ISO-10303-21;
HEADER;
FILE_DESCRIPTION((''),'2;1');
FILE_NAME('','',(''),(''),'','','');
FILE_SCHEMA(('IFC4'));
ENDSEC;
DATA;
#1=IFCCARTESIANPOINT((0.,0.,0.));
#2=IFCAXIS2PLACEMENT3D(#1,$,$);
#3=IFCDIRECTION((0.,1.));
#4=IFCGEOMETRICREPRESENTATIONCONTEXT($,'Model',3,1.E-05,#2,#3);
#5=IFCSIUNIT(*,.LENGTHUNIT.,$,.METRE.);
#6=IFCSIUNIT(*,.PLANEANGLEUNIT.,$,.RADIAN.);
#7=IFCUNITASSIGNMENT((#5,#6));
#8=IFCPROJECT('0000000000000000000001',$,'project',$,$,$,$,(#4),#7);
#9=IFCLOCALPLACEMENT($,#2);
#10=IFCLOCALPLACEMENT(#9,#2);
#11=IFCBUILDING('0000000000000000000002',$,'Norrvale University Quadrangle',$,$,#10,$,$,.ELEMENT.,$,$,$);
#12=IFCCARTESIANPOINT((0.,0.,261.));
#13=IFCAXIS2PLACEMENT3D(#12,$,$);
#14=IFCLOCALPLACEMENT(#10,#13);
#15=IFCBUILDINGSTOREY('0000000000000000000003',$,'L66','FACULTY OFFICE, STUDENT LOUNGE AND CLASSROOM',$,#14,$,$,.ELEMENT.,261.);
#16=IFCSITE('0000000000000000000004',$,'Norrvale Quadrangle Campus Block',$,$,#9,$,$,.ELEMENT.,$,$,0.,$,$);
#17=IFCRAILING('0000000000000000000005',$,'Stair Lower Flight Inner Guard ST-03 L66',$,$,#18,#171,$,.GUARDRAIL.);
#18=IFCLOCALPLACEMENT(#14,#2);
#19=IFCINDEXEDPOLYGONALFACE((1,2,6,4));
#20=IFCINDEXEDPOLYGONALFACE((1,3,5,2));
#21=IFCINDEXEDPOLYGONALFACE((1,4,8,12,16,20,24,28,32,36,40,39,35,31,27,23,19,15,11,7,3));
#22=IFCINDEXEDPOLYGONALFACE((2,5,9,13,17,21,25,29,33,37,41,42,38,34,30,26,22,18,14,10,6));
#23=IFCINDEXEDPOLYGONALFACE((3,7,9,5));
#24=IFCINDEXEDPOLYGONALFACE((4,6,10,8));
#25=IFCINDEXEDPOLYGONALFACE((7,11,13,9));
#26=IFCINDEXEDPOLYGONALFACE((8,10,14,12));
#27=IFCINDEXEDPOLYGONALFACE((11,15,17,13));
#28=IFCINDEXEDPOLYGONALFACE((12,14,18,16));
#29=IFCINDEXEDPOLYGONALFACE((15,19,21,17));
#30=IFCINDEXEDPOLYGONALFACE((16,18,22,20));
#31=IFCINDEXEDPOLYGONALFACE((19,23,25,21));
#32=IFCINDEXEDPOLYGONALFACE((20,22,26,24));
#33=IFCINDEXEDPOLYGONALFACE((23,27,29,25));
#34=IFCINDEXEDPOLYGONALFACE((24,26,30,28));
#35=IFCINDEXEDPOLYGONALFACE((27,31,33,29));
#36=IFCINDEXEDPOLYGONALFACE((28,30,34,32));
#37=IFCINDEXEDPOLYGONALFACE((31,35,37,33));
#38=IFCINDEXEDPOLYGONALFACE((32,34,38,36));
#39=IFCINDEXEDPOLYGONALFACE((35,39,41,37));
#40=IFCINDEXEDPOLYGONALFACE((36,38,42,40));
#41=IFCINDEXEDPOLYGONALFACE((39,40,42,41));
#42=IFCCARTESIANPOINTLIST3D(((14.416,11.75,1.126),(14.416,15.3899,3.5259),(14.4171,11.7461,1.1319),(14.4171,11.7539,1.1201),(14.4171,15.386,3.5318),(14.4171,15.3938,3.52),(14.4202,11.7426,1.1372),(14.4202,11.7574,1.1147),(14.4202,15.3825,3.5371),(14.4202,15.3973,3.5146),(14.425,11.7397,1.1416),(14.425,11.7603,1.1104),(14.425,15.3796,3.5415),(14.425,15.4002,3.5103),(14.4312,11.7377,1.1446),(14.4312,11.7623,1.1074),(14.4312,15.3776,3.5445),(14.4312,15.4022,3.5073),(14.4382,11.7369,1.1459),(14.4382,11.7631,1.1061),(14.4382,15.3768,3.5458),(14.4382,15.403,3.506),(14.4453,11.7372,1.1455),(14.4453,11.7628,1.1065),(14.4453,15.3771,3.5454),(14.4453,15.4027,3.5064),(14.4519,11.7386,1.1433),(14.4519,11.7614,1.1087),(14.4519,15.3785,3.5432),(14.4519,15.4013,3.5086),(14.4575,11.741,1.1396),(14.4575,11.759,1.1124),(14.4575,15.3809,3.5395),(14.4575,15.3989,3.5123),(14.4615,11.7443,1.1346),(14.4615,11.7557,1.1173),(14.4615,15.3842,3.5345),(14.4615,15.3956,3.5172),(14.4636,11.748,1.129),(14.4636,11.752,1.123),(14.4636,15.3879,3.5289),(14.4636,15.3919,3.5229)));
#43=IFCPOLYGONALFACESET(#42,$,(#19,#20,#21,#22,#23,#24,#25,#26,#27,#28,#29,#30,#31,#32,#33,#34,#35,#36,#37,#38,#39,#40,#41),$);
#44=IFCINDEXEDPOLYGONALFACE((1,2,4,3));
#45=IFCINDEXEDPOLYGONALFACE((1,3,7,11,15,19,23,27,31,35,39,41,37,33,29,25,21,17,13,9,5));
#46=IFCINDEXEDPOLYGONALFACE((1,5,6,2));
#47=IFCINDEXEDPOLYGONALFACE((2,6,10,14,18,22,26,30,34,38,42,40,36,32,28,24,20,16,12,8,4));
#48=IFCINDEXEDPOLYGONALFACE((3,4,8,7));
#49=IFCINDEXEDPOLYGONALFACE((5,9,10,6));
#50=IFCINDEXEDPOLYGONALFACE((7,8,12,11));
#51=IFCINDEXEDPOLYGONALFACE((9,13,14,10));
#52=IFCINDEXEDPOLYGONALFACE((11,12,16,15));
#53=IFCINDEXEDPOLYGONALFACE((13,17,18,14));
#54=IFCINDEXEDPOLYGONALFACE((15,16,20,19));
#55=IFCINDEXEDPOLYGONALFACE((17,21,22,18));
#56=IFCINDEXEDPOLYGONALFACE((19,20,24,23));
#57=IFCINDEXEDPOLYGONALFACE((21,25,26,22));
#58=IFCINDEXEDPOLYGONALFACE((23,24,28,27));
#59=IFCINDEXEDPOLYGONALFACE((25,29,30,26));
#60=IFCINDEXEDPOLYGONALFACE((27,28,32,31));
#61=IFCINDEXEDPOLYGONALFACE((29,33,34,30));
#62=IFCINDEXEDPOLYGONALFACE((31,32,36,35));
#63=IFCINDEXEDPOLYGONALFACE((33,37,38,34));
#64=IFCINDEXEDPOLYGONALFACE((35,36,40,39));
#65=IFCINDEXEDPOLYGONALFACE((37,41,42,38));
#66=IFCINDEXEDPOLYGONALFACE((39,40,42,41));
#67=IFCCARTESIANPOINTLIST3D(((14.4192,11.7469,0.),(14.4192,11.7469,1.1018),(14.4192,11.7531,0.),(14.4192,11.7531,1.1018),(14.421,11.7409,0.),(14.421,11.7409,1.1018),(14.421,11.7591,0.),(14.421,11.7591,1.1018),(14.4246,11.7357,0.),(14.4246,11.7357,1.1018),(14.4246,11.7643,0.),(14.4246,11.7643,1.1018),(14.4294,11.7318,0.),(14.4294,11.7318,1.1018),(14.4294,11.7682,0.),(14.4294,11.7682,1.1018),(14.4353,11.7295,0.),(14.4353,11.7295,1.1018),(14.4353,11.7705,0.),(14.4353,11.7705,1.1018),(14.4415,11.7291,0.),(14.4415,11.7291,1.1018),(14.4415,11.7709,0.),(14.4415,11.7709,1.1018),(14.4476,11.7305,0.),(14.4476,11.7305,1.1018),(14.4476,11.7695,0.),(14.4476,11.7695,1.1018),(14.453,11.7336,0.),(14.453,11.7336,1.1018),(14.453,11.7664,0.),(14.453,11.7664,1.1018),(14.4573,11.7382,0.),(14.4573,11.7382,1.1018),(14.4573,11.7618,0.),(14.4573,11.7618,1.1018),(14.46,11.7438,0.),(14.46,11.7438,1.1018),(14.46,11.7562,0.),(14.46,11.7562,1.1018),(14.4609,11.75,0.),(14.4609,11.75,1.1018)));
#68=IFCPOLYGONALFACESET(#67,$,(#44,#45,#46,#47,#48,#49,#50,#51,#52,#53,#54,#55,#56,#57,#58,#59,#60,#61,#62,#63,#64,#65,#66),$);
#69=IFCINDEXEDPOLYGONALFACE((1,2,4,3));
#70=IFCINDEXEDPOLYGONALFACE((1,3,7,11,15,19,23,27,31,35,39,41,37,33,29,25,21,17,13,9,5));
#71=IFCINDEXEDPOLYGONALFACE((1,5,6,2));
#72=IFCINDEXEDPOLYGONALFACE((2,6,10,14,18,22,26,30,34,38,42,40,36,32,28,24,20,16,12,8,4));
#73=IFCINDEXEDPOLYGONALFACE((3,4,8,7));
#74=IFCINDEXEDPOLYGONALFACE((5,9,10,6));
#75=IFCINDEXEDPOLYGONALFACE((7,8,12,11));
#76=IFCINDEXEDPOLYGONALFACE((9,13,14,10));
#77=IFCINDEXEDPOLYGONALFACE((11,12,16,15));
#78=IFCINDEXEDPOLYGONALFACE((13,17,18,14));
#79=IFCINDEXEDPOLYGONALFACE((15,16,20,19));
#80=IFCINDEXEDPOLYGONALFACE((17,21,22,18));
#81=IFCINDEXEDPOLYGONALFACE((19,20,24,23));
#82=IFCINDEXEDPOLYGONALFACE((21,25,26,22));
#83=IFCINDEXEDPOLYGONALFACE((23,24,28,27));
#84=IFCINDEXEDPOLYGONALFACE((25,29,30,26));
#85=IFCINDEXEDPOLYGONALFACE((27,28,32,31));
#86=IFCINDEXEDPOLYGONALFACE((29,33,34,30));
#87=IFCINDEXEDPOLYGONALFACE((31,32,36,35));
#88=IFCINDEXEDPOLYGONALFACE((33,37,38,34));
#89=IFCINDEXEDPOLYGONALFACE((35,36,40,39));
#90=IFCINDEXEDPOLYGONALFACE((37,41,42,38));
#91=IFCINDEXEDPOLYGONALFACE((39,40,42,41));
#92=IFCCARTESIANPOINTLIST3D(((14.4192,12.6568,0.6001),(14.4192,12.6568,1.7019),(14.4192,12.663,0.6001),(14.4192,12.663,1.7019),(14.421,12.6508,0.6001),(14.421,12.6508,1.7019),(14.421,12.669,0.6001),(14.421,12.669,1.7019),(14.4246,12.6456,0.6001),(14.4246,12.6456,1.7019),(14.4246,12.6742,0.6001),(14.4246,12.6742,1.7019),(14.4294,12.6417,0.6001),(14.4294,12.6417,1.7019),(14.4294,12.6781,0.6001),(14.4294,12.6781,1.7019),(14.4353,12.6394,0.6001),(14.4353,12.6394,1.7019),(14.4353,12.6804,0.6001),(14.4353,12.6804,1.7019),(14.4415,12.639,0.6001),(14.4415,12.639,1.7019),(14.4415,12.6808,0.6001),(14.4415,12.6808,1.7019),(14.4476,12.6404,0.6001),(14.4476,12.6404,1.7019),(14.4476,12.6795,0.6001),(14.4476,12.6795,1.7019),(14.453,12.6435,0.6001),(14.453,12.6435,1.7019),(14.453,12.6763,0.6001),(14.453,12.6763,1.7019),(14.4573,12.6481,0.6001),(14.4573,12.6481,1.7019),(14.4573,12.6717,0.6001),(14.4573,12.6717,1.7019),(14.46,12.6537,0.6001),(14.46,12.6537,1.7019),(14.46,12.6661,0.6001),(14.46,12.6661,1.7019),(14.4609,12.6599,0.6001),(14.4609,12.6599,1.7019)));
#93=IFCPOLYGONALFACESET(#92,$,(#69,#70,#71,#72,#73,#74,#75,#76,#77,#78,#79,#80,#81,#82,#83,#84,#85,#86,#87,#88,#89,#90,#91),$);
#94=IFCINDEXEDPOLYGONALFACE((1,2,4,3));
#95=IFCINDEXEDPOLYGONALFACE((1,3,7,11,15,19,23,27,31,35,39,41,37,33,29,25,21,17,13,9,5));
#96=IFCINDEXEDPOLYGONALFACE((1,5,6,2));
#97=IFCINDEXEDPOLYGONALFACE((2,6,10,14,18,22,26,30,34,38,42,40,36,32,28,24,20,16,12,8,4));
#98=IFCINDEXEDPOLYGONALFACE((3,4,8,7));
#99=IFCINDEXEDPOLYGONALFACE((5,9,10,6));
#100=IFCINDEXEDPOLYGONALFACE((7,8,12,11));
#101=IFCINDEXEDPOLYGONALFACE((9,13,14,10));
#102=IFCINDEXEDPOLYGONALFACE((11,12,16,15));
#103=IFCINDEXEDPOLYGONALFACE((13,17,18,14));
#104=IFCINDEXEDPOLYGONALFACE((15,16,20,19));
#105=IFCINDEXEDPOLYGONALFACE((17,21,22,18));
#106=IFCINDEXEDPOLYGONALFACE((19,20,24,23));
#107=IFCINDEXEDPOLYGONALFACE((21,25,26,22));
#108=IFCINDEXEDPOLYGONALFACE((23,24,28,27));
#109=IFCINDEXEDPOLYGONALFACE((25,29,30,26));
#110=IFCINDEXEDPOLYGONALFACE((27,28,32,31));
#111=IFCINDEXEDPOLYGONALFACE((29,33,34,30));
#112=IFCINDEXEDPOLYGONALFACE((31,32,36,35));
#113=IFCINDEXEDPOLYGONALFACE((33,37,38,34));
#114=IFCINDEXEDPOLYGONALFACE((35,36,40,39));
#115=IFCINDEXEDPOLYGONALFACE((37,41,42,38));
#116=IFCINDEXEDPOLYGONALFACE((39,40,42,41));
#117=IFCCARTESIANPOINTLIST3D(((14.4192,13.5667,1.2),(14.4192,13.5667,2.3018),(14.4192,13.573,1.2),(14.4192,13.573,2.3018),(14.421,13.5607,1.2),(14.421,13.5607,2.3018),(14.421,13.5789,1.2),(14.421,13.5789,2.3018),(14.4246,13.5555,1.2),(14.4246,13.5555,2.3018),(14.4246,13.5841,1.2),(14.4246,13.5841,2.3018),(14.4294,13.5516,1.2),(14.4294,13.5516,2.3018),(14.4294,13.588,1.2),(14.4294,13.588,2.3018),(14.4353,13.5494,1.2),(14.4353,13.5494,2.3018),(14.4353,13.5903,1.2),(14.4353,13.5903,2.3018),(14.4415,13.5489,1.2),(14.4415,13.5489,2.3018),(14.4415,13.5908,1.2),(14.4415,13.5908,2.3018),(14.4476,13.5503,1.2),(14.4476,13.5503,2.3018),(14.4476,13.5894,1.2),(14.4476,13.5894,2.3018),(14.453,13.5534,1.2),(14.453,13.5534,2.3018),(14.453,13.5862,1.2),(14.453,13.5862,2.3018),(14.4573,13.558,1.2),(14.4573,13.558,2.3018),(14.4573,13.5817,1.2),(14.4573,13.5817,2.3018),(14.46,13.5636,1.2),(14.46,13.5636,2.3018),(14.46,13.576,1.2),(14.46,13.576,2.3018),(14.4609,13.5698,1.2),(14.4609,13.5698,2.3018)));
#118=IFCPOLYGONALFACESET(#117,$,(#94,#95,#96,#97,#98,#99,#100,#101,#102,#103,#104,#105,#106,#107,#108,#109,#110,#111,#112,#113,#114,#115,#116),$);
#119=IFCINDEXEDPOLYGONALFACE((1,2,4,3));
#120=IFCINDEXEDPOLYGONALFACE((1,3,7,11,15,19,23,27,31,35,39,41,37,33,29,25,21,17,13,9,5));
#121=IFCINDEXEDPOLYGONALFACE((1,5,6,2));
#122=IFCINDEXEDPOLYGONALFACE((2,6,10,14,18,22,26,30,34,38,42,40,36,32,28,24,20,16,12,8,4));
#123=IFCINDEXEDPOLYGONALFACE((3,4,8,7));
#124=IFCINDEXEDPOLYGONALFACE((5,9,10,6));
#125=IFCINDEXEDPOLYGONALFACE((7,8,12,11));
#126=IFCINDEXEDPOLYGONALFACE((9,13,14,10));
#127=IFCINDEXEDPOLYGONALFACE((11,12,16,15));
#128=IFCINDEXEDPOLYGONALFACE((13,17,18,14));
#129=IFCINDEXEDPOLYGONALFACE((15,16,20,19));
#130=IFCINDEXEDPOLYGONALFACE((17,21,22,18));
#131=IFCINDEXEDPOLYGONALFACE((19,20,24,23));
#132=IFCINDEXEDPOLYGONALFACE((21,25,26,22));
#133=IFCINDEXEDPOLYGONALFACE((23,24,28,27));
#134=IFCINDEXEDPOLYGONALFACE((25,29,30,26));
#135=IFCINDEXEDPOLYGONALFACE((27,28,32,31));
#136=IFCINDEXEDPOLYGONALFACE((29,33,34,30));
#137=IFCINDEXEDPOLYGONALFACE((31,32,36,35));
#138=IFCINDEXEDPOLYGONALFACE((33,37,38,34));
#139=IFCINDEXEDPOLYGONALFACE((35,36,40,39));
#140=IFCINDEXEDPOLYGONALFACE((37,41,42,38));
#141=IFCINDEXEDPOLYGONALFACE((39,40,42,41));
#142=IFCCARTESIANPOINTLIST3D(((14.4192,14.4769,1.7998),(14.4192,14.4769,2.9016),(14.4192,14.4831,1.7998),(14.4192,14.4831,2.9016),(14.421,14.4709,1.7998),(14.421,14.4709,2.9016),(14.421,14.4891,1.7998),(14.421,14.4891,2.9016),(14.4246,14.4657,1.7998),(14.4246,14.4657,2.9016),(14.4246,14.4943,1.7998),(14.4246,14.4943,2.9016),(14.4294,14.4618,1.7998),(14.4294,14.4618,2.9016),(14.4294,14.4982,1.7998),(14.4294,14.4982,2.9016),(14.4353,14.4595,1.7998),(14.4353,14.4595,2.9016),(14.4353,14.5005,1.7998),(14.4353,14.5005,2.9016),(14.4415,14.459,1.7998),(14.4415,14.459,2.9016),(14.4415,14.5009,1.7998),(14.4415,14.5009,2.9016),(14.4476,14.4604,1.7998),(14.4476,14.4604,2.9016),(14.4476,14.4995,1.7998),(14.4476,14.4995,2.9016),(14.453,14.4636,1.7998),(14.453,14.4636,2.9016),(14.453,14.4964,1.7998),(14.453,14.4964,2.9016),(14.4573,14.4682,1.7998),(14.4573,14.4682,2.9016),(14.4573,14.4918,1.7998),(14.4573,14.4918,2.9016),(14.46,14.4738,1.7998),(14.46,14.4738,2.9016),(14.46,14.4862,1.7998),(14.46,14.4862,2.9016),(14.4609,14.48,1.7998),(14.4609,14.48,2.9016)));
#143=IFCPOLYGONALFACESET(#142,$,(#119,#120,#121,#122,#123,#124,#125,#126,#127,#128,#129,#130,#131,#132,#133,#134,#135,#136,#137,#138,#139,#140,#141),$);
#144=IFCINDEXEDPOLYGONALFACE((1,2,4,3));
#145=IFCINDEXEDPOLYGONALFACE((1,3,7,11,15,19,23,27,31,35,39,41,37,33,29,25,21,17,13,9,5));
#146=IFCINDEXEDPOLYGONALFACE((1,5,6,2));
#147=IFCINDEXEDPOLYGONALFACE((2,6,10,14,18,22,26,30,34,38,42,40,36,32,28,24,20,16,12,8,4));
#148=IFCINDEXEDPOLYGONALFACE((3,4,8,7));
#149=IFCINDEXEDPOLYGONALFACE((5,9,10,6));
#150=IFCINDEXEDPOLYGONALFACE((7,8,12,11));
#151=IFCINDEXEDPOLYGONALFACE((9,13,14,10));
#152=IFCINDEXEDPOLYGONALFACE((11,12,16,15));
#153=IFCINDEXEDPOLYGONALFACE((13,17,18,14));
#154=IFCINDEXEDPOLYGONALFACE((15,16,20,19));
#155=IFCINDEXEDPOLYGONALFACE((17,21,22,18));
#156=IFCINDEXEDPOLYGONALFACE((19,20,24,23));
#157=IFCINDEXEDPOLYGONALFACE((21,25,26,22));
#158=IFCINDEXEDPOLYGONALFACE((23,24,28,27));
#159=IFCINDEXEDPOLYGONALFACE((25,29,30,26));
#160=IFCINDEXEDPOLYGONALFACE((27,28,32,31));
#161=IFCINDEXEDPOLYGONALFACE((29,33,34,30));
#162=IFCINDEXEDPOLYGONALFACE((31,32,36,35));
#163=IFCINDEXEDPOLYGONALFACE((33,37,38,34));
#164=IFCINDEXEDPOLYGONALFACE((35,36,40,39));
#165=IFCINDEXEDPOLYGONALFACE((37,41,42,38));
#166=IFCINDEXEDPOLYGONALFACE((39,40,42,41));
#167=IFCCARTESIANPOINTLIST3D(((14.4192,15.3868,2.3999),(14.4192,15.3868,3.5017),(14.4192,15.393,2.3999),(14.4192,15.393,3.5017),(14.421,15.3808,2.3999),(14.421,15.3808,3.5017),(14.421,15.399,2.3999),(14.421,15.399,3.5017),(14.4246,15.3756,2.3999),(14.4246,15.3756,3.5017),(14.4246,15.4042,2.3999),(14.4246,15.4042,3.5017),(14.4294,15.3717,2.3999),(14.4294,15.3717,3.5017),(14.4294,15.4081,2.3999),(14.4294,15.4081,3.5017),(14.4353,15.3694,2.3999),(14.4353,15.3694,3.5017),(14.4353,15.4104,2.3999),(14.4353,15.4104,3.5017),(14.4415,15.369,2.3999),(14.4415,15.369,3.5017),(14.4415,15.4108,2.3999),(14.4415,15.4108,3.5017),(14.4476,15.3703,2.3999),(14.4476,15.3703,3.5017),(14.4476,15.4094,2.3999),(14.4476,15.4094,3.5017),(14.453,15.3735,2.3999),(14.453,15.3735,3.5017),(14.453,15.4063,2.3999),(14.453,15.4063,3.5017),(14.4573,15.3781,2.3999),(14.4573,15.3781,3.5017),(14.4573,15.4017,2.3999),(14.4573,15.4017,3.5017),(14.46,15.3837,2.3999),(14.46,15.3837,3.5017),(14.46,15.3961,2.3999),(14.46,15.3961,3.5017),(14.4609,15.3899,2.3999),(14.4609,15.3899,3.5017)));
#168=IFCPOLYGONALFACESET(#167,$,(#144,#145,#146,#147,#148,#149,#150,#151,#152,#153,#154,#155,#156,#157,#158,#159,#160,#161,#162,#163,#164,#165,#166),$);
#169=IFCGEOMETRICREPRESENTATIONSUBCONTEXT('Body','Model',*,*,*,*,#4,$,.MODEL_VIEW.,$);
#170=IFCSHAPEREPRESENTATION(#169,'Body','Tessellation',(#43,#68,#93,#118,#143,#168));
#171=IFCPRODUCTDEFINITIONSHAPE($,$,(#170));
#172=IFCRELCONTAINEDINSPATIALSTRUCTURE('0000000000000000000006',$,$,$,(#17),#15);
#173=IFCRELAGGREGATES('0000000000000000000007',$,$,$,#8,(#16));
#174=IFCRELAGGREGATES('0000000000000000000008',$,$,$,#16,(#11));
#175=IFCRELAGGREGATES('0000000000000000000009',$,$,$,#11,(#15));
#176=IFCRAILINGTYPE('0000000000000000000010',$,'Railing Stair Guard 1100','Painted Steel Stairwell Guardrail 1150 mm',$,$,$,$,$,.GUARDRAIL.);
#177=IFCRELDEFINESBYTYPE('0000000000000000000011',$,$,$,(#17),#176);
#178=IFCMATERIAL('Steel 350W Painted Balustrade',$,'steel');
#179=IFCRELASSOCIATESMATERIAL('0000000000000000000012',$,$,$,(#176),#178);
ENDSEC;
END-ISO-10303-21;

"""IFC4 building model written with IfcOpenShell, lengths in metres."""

from ifc_helpers import new_model, si_unit, direction, frame, origin, origin_2d, place, context, subcontext, project, spatial, circle, extrude, material, type_object, element, save


model = new_model("IFC4")

# Units and contexts
model_context = context("Model", 3, precision=1e-05, world=origin(), true_north=direction((0.0, 1.0)))
body_context = subcontext(model_context, "Body", "Model", "MODEL_VIEW")
ifc_project = project(units=[si_unit("LENGTHUNIT", "METRE"), si_unit("PLANEANGLEUNIT", "RADIAN")], contexts=[model_context])

# Site, building, storey
site_placement = place(None, origin())
site = spatial("IfcSite", under=ifc_project, at=site_placement, Name="Norrvale Quadrangle Campus Block", CompositionType="ELEMENT", RefElevation=0.0)
building_placement = place(site_placement, origin())
building = spatial("IfcBuilding", under=site, at=building_placement, Name="Norrvale University Quadrangle", CompositionType="ELEMENT")
storey_placement = place(building_placement, frame((0.0, 0.0, 261.0)))
storey = spatial("IfcBuildingStorey", under=building, at=storey_placement, Name="L66", Description="FACULTY OFFICE, STUDENT LOUNGE AND CLASSROOM", CompositionType="ELEMENT", Elevation=261.0)

# Railing
ifc_material_1 = material(Name="Steel 350W Painted Balustrade", Category="steel")
railing_type_1 = type_object("IfcRailingType", Name="Railing Stair Guard 1100", Description="Painted Steel Stairwell Guardrail 1150 mm", PredefinedType="GUARDRAIL", material=ifc_material_1)
railing_1_placement = place(storey_placement, frame((14.4399, 11.75, 0.0)))
element("IfcRailing", 1, at=railing_1_placement, inside=storey, type_object=railing_type_1, Name="Stair Lower Flight Inner Guard ST-03 L66", PredefinedType="GUARDRAIL", context=body_context, shape_type="SweptSolid", body=[
    extrude(circle(Radius=0.0239, at=origin_2d()), frame((0.0, 0.0, 1.126), z_axis=(0.0, 0.834865, 0.550454), x_axis=(-1.0, 0.0, 0.0)), (0.0, 0.0, 1.0), 4.3599),
    extrude(circle(Radius=0.021, at=origin_2d()), origin(), (0.0, 0.0, 1.0), 1.1018),
    extrude(circle(Radius=0.021, at=origin_2d()), frame((0.0, 0.9099, 0.6001)), (0.0, 0.0, 1.0), 1.1018),
    extrude(circle(Radius=0.021, at=origin_2d()), frame((0.0, 1.8198, 1.2)), (0.0, 0.0, 1.0), 1.1018),
    extrude(circle(Radius=0.021, at=origin_2d()), frame((0.0, 2.73, 1.7998)), (0.0, 0.0, 1.0), 1.1018),
    extrude(circle(Radius=0.021, at=origin_2d()), frame((0.0, 3.6399, 2.3999)), (0.0, 0.0, 1.0), 1.1018),
])

save(model, "model.ifc")
